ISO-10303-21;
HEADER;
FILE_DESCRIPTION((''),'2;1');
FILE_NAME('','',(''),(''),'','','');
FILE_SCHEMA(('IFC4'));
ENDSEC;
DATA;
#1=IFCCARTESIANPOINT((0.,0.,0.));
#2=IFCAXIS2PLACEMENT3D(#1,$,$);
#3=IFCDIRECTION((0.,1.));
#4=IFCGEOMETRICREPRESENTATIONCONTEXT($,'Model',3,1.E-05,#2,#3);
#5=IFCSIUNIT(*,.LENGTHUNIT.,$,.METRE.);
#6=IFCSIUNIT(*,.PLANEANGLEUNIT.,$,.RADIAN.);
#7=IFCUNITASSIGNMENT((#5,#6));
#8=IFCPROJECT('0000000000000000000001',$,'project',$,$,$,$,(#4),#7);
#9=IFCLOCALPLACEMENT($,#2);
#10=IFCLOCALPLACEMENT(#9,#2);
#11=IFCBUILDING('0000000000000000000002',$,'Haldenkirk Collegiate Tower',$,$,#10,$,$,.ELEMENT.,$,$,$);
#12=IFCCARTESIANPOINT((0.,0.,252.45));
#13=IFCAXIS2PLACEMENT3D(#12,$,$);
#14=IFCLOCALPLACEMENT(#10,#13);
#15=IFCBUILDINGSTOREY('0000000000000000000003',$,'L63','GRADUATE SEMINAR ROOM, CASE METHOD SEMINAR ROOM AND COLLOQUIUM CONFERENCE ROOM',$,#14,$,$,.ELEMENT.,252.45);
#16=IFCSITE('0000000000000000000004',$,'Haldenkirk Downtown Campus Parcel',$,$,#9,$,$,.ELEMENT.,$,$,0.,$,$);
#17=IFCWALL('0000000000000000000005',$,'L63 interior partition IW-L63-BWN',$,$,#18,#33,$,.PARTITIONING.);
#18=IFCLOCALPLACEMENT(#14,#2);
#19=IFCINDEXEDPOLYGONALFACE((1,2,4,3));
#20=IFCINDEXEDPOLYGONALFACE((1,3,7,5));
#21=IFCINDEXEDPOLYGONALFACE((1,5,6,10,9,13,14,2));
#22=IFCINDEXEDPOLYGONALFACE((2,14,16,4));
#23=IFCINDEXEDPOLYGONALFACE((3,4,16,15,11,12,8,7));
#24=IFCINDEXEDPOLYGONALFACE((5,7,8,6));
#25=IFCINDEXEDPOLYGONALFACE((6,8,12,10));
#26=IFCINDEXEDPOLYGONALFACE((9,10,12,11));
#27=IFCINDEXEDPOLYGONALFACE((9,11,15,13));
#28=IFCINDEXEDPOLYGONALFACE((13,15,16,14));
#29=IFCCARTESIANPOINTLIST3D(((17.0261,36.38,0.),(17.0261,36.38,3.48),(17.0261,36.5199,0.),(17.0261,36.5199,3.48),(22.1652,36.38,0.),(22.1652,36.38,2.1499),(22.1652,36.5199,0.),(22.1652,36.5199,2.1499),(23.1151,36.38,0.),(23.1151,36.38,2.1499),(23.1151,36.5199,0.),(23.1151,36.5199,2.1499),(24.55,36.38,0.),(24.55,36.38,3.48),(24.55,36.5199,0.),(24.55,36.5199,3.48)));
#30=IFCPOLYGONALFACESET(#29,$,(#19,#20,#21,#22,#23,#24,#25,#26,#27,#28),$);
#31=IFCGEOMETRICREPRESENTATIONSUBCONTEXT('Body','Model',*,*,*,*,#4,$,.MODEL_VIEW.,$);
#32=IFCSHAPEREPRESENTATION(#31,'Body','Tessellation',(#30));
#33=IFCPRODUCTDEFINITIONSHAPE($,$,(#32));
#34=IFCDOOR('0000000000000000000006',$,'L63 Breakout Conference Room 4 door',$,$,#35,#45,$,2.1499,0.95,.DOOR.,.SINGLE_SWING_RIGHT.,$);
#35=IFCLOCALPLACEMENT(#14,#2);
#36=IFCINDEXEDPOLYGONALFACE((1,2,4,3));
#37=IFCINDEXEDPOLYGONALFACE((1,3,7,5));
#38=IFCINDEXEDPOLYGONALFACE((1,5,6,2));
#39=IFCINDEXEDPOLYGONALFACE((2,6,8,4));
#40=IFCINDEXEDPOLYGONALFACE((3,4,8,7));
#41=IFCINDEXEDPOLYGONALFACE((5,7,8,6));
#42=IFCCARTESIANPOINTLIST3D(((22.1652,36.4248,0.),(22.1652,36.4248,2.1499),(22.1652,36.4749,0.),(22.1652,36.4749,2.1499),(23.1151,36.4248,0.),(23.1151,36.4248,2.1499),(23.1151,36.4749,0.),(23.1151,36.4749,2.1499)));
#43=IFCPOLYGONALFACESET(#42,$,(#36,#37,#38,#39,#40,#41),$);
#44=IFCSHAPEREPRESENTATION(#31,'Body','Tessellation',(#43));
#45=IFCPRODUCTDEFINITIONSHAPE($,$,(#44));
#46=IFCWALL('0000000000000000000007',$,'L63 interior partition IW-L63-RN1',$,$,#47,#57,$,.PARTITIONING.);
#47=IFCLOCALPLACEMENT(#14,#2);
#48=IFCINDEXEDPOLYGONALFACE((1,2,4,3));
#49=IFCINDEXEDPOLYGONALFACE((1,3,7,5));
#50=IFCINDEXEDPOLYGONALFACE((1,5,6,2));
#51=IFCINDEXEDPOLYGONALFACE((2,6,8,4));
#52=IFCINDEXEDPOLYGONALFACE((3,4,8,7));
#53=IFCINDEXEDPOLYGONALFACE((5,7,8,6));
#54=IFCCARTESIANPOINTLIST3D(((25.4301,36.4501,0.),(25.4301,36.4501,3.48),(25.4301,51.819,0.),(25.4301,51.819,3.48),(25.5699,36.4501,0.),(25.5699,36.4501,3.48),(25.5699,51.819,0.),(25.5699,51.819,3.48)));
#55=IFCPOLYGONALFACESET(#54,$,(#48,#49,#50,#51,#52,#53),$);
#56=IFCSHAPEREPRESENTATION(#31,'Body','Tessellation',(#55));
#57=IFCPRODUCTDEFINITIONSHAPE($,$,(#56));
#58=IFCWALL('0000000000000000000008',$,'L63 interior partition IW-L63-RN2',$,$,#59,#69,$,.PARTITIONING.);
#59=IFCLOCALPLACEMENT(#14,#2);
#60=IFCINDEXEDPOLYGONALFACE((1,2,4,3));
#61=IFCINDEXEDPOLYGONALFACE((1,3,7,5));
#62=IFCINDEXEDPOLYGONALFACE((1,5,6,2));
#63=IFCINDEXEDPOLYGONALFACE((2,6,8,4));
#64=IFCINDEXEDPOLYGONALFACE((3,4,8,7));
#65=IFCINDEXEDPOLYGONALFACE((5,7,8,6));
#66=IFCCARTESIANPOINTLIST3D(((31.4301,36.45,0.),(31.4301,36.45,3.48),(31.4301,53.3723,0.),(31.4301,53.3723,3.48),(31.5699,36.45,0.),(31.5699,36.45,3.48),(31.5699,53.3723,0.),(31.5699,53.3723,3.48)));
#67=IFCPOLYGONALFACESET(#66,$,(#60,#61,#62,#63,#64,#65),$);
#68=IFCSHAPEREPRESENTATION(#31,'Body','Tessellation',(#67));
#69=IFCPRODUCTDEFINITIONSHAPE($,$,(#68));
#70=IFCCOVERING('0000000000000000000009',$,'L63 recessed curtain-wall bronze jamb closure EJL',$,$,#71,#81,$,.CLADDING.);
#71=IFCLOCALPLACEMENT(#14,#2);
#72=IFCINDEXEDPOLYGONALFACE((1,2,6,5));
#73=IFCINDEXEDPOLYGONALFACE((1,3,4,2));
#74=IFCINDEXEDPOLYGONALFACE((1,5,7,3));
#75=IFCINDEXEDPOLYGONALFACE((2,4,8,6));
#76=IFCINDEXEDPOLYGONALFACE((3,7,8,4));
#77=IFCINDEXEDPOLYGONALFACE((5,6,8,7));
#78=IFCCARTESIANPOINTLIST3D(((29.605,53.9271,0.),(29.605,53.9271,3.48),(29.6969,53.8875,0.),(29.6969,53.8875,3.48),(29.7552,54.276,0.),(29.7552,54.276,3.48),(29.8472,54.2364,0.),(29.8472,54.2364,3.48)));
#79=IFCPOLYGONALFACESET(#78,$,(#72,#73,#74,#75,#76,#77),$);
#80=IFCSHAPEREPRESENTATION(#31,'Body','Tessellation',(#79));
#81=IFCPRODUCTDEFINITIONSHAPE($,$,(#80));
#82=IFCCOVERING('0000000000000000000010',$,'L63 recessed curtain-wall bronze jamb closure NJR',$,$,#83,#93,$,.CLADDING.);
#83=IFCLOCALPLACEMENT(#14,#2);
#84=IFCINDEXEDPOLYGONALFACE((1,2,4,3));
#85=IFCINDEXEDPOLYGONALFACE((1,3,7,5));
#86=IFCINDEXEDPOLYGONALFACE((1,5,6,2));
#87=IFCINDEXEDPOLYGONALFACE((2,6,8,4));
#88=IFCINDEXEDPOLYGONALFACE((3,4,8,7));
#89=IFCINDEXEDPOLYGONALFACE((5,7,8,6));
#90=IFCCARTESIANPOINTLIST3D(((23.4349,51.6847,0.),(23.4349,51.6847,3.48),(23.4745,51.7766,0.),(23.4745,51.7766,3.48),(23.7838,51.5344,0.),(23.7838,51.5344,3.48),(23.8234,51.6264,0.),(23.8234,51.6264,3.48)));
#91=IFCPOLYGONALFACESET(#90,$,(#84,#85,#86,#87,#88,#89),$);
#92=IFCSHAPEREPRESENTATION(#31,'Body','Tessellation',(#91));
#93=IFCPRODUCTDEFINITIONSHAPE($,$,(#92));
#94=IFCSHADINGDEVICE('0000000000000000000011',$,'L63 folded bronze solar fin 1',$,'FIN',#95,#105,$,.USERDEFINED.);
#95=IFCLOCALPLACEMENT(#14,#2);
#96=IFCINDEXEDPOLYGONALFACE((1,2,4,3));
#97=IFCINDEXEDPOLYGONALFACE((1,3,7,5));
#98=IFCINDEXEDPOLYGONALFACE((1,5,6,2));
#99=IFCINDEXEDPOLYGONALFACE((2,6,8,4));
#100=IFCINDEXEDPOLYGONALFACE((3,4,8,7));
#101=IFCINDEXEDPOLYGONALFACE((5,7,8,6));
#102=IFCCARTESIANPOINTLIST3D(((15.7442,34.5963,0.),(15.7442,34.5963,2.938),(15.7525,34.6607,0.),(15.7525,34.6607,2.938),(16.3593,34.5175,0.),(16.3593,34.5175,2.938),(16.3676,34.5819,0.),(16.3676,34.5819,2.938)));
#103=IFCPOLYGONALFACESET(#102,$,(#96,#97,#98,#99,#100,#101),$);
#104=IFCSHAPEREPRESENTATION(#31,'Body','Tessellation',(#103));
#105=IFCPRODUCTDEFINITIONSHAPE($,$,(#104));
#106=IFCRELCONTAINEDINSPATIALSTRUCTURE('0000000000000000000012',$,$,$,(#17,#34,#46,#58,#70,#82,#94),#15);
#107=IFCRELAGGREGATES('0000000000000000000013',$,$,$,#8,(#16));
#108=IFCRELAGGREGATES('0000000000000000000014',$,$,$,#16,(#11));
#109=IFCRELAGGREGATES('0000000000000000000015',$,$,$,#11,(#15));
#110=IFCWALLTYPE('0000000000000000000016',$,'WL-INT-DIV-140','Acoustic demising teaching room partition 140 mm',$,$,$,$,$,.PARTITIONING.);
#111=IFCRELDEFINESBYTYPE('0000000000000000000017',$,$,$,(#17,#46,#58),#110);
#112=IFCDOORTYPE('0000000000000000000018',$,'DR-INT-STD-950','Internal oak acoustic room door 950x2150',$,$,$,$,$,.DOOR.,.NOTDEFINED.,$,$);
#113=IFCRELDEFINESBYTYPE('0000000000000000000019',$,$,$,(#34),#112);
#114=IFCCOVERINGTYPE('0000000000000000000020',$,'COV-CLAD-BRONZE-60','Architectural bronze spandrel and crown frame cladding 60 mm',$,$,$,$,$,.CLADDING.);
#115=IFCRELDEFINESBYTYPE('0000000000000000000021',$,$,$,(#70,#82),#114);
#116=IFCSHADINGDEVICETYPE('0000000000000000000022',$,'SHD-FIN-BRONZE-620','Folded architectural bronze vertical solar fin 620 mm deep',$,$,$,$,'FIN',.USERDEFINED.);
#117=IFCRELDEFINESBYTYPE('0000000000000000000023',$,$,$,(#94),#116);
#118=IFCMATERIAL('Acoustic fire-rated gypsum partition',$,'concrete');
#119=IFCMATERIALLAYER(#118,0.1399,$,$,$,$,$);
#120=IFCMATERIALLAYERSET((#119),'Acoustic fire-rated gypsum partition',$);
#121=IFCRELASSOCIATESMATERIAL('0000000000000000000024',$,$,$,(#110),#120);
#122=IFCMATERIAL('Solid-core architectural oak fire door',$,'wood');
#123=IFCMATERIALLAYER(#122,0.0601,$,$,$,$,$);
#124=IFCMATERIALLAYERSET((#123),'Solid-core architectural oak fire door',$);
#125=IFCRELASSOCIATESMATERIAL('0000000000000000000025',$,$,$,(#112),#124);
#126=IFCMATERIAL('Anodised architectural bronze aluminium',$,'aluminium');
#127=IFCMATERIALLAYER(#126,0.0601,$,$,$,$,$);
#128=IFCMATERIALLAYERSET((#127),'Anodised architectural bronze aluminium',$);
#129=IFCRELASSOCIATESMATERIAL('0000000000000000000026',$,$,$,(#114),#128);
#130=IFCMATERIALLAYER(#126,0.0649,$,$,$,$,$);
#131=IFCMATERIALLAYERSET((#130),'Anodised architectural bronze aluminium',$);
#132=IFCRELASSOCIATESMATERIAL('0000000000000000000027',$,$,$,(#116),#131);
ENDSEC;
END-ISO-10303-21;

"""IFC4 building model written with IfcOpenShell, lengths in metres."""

from ifc_helpers import new_model, si_unit, direction, frame, frame_2d, origin, origin_2d, place, context, subcontext, project, spatial, rectangle, extrude, source, transform, mapped, material, layer, layer_set, type_object, element, fill, save


model = new_model("IFC4")

# Units and contexts
model_context = context("Model", 3, precision=1e-05, world=origin(), true_north=direction((0.0, 1.0)))
body_context = subcontext(model_context, "Body", "Model", "MODEL_VIEW")
ifc_project = project(units=[si_unit("LENGTHUNIT", "METRE"), si_unit("PLANEANGLEUNIT", "RADIAN")], contexts=[model_context])

# Site, building, storey
site_placement = place(None, origin())
site = spatial("IfcSite", under=ifc_project, at=site_placement, Name="Haldenkirk Downtown Campus Parcel", CompositionType="ELEMENT", RefElevation=0.0)
building_placement = place(site_placement, origin())
building = spatial("IfcBuilding", under=site, at=building_placement, Name="Haldenkirk Collegiate Tower", CompositionType="ELEMENT")
storey_placement = place(building_placement, frame((0.0, 0.0, 252.45)))
storey = spatial("IfcBuildingStorey", under=building, at=storey_placement, Name="L63", Description="GRADUATE SEMINAR ROOM, CASE METHOD SEMINAR ROOM AND COLLOQUIUM CONFERENCE ROOM", CompositionType="ELEMENT", Elevation=252.45)

# Shared definitions
ifc_material_1 = material(Name="Anodised architectural bronze aluminium", Category="aluminium")

# Wall, opening, door
ifc_material_2 = material(Name="Acoustic fire-rated gypsum partition", Category="concrete")
ifc_material_3 = material(Name="Solid-core architectural oak fire door", Category="wood")
ifc_layer_1 = layer(ifc_material_2, 0.1399)
ifc_layer_set_1 = layer_set([ifc_layer_1], Name="Acoustic fire-rated gypsum partition")
wall_type_1 = type_object("IfcWallType", Name="WL-INT-DIV-140", Description="Acoustic demising teaching room partition 140 mm", PredefinedType="PARTITIONING", material=ifc_layer_set_1)
wall_1_placement = place(storey_placement, frame((17.0261, 36.45, 0.0), z_axis=(0.0, 0.0, 1.0), x_axis=(1.0, 0.0, 0.0)))
wall_1 = element("IfcWall", 1, at=wall_1_placement, inside=storey, type_object=wall_type_1, Name="L63 interior partition IW-L63-BWN", PredefinedType="PARTITIONING", context=body_context, shape_type="SweptSolid", body=[
    extrude(rectangle(XDim=7.5239, YDim=0.1399, at=frame_2d((3.762, 0.0))), origin(), (0.0, 0.0, 1.0), 3.48),
])
opening_1_placement = place(wall_1_placement, frame((5.1389, 0.0, 0.0)))
opening_1 = element("IfcOpeningElement", 2, at=opening_1_placement, cuts=wall_1, PredefinedType="OPENING", context=body_context, shape_type="SweptSolid", body=[
    extrude(rectangle(XDim=0.95, YDim=2.1499, at=frame_2d((0.4751, 1.075))), frame((0.0, 0.0798, 0.0), z_axis=(0.0, -1.0, 0.0), x_axis=(1.0, 0.0, 0.0)), (0.0, 0.0, 1.0), 0.1599),
])
ifc_layer_2 = layer(ifc_material_3, 0.0601)
ifc_layer_set_2 = layer_set([ifc_layer_2], Name="Solid-core architectural oak fire door")
door_type_1 = type_object("IfcDoorType", Name="DR-INT-STD-950", Description="Internal oak acoustic room door 950x2150", OperationType="NOTDEFINED", PredefinedType="DOOR", material=ifc_layer_set_2)
door_1_placement = place(opening_1_placement, origin())
door_1 = element("IfcDoor", 3, at=door_1_placement, inside=storey, type_object=door_type_1, Name="L63 Breakout Conference Room 4 door", OperationType="SINGLE_SWING_RIGHT", OverallHeight=2.1499, OverallWidth=0.95, PredefinedType="DOOR", context=body_context, shape_type="SweptSolid", body=[
    extrude(rectangle(XDim=0.95, YDim=2.1499, at=frame_2d((0.4751, 1.075))), frame((0.0, 0.0249, 0.0), z_axis=(0.0, -1.0, 0.0), x_axis=(1.0, 0.0, 0.0)), (0.0, 0.0, 1.0), 0.05),
])
fill(opening_1, door_1)

# Walls
wall_2_placement = place(storey_placement, frame((25.5, 36.45, 0.0), z_axis=(0.0, 0.0, 1.0), x_axis=(0.0, 1.0, 0.0)))
element("IfcWall", 4, at=wall_2_placement, inside=storey, type_object=wall_type_1, Name="L63 interior partition IW-L63-RN1", PredefinedType="PARTITIONING", context=body_context, shape_type="SweptSolid", body=[
    extrude(rectangle(XDim=15.3689, YDim=0.1399, at=frame_2d((7.6846, 0.0))), origin(), (0.0, 0.0, 1.0), 3.48),
])
wall_3_placement = place(storey_placement, frame((31.5, 36.45, 0.0), z_axis=(0.0, 0.0, 1.0), x_axis=(0.0, 1.0, 0.0)))
element("IfcWall", 5, at=wall_3_placement, inside=storey, type_object=wall_type_1, Name="L63 interior partition IW-L63-RN2", PredefinedType="PARTITIONING", context=body_context, shape_type="SweptSolid", body=[
    extrude(rectangle(XDim=16.9224, YDim=0.1399, at=frame_2d((8.4612, 0.0))), origin(), (0.0, 0.0, 1.0), 3.48),
])

# Coverings
ifc_layer_3 = layer(ifc_material_1, 0.0601)
ifc_layer_set_3 = layer_set([ifc_layer_3], Name="Anodised architectural bronze aluminium")
covering_type = type_object("IfcCoveringType", Name="COV-CLAD-BRONZE-60", Description="Architectural bronze spandrel and crown frame cladding 60 mm", PredefinedType="CLADDING", material=ifc_layer_set_3)
shared_shape_1 = source(origin(), body_context, "Body", "SweptSolid", [
    extrude(rectangle(XDim=0.1001, YDim=0.3799, at=origin_2d()), origin(), (0.0, 0.0, 1.0), 3.48),
])
for number, where, z_axis, x_axis, name in (
    (6, (29.7261, 54.0818, 0.0), (0.0, 0.0, 1.0), (0.918446, -0.395546, 0.0), "L63 recessed curtain-wall bronze jamb closure EJL"),
    (7, (23.6292, 51.6555, 0.0), (0.0, 0.0, 1.0), (0.395546, 0.918446, 0.0), "L63 recessed curtain-wall bronze jamb closure NJR"),
):
    element("IfcCovering", number, at=place(storey_placement, frame(where, z_axis=z_axis, x_axis=x_axis)), inside=storey, type_object=covering_type, Name=name, PredefinedType="CLADDING", context=body_context, shape_type="MappedRepresentation", body=[
        mapped(shared_shape_1, transform((0.0, 0.0, 0.0), x_axis=(1.0, 0.0, 0.0), y_axis=(0.0, 1.0, 0.0), z_axis=(0.0, 0.0, 1.0), scale=1.0)),
    ])

# Shading device
ifc_layer_4 = layer(ifc_material_1, 0.0649)
ifc_layer_set_4 = layer_set([ifc_layer_4], Name="Anodised architectural bronze aluminium")
shading_device_type = type_object("IfcShadingDeviceType", Name="SHD-FIN-BRONZE-620", Description="Folded architectural bronze vertical solar fin 620 mm deep", ElementType="FIN", PredefinedType="USERDEFINED", material=ifc_layer_set_4)
shared_shape_2 = source(origin(), body_context, "Body", "SweptSolid", [
    extrude(rectangle(XDim=0.6201, YDim=0.0649, at=origin_2d()), origin(), (0.0, 0.0, 1.0), 2.938),
])
shading_device_placement = place(storey_placement, frame((16.0559, 34.5891, 0.0), z_axis=(0.0, 0.0, 1.0), x_axis=(-0.991894, 0.127065, 0.0)))
element("IfcShadingDevice", 8, at=shading_device_placement, inside=storey, type_object=shading_device_type, Name="L63 folded bronze solar fin 1", ObjectType="FIN", PredefinedType="USERDEFINED", context=body_context, shape_type="MappedRepresentation", body=[
    mapped(shared_shape_2, transform((0.0, 0.0, 0.0), x_axis=(1.0, 0.0, 0.0), y_axis=(0.0, 1.0, 0.0), z_axis=(0.0, 0.0, 1.0), scale=1.0)),
])

save(model, "model.ifc")
